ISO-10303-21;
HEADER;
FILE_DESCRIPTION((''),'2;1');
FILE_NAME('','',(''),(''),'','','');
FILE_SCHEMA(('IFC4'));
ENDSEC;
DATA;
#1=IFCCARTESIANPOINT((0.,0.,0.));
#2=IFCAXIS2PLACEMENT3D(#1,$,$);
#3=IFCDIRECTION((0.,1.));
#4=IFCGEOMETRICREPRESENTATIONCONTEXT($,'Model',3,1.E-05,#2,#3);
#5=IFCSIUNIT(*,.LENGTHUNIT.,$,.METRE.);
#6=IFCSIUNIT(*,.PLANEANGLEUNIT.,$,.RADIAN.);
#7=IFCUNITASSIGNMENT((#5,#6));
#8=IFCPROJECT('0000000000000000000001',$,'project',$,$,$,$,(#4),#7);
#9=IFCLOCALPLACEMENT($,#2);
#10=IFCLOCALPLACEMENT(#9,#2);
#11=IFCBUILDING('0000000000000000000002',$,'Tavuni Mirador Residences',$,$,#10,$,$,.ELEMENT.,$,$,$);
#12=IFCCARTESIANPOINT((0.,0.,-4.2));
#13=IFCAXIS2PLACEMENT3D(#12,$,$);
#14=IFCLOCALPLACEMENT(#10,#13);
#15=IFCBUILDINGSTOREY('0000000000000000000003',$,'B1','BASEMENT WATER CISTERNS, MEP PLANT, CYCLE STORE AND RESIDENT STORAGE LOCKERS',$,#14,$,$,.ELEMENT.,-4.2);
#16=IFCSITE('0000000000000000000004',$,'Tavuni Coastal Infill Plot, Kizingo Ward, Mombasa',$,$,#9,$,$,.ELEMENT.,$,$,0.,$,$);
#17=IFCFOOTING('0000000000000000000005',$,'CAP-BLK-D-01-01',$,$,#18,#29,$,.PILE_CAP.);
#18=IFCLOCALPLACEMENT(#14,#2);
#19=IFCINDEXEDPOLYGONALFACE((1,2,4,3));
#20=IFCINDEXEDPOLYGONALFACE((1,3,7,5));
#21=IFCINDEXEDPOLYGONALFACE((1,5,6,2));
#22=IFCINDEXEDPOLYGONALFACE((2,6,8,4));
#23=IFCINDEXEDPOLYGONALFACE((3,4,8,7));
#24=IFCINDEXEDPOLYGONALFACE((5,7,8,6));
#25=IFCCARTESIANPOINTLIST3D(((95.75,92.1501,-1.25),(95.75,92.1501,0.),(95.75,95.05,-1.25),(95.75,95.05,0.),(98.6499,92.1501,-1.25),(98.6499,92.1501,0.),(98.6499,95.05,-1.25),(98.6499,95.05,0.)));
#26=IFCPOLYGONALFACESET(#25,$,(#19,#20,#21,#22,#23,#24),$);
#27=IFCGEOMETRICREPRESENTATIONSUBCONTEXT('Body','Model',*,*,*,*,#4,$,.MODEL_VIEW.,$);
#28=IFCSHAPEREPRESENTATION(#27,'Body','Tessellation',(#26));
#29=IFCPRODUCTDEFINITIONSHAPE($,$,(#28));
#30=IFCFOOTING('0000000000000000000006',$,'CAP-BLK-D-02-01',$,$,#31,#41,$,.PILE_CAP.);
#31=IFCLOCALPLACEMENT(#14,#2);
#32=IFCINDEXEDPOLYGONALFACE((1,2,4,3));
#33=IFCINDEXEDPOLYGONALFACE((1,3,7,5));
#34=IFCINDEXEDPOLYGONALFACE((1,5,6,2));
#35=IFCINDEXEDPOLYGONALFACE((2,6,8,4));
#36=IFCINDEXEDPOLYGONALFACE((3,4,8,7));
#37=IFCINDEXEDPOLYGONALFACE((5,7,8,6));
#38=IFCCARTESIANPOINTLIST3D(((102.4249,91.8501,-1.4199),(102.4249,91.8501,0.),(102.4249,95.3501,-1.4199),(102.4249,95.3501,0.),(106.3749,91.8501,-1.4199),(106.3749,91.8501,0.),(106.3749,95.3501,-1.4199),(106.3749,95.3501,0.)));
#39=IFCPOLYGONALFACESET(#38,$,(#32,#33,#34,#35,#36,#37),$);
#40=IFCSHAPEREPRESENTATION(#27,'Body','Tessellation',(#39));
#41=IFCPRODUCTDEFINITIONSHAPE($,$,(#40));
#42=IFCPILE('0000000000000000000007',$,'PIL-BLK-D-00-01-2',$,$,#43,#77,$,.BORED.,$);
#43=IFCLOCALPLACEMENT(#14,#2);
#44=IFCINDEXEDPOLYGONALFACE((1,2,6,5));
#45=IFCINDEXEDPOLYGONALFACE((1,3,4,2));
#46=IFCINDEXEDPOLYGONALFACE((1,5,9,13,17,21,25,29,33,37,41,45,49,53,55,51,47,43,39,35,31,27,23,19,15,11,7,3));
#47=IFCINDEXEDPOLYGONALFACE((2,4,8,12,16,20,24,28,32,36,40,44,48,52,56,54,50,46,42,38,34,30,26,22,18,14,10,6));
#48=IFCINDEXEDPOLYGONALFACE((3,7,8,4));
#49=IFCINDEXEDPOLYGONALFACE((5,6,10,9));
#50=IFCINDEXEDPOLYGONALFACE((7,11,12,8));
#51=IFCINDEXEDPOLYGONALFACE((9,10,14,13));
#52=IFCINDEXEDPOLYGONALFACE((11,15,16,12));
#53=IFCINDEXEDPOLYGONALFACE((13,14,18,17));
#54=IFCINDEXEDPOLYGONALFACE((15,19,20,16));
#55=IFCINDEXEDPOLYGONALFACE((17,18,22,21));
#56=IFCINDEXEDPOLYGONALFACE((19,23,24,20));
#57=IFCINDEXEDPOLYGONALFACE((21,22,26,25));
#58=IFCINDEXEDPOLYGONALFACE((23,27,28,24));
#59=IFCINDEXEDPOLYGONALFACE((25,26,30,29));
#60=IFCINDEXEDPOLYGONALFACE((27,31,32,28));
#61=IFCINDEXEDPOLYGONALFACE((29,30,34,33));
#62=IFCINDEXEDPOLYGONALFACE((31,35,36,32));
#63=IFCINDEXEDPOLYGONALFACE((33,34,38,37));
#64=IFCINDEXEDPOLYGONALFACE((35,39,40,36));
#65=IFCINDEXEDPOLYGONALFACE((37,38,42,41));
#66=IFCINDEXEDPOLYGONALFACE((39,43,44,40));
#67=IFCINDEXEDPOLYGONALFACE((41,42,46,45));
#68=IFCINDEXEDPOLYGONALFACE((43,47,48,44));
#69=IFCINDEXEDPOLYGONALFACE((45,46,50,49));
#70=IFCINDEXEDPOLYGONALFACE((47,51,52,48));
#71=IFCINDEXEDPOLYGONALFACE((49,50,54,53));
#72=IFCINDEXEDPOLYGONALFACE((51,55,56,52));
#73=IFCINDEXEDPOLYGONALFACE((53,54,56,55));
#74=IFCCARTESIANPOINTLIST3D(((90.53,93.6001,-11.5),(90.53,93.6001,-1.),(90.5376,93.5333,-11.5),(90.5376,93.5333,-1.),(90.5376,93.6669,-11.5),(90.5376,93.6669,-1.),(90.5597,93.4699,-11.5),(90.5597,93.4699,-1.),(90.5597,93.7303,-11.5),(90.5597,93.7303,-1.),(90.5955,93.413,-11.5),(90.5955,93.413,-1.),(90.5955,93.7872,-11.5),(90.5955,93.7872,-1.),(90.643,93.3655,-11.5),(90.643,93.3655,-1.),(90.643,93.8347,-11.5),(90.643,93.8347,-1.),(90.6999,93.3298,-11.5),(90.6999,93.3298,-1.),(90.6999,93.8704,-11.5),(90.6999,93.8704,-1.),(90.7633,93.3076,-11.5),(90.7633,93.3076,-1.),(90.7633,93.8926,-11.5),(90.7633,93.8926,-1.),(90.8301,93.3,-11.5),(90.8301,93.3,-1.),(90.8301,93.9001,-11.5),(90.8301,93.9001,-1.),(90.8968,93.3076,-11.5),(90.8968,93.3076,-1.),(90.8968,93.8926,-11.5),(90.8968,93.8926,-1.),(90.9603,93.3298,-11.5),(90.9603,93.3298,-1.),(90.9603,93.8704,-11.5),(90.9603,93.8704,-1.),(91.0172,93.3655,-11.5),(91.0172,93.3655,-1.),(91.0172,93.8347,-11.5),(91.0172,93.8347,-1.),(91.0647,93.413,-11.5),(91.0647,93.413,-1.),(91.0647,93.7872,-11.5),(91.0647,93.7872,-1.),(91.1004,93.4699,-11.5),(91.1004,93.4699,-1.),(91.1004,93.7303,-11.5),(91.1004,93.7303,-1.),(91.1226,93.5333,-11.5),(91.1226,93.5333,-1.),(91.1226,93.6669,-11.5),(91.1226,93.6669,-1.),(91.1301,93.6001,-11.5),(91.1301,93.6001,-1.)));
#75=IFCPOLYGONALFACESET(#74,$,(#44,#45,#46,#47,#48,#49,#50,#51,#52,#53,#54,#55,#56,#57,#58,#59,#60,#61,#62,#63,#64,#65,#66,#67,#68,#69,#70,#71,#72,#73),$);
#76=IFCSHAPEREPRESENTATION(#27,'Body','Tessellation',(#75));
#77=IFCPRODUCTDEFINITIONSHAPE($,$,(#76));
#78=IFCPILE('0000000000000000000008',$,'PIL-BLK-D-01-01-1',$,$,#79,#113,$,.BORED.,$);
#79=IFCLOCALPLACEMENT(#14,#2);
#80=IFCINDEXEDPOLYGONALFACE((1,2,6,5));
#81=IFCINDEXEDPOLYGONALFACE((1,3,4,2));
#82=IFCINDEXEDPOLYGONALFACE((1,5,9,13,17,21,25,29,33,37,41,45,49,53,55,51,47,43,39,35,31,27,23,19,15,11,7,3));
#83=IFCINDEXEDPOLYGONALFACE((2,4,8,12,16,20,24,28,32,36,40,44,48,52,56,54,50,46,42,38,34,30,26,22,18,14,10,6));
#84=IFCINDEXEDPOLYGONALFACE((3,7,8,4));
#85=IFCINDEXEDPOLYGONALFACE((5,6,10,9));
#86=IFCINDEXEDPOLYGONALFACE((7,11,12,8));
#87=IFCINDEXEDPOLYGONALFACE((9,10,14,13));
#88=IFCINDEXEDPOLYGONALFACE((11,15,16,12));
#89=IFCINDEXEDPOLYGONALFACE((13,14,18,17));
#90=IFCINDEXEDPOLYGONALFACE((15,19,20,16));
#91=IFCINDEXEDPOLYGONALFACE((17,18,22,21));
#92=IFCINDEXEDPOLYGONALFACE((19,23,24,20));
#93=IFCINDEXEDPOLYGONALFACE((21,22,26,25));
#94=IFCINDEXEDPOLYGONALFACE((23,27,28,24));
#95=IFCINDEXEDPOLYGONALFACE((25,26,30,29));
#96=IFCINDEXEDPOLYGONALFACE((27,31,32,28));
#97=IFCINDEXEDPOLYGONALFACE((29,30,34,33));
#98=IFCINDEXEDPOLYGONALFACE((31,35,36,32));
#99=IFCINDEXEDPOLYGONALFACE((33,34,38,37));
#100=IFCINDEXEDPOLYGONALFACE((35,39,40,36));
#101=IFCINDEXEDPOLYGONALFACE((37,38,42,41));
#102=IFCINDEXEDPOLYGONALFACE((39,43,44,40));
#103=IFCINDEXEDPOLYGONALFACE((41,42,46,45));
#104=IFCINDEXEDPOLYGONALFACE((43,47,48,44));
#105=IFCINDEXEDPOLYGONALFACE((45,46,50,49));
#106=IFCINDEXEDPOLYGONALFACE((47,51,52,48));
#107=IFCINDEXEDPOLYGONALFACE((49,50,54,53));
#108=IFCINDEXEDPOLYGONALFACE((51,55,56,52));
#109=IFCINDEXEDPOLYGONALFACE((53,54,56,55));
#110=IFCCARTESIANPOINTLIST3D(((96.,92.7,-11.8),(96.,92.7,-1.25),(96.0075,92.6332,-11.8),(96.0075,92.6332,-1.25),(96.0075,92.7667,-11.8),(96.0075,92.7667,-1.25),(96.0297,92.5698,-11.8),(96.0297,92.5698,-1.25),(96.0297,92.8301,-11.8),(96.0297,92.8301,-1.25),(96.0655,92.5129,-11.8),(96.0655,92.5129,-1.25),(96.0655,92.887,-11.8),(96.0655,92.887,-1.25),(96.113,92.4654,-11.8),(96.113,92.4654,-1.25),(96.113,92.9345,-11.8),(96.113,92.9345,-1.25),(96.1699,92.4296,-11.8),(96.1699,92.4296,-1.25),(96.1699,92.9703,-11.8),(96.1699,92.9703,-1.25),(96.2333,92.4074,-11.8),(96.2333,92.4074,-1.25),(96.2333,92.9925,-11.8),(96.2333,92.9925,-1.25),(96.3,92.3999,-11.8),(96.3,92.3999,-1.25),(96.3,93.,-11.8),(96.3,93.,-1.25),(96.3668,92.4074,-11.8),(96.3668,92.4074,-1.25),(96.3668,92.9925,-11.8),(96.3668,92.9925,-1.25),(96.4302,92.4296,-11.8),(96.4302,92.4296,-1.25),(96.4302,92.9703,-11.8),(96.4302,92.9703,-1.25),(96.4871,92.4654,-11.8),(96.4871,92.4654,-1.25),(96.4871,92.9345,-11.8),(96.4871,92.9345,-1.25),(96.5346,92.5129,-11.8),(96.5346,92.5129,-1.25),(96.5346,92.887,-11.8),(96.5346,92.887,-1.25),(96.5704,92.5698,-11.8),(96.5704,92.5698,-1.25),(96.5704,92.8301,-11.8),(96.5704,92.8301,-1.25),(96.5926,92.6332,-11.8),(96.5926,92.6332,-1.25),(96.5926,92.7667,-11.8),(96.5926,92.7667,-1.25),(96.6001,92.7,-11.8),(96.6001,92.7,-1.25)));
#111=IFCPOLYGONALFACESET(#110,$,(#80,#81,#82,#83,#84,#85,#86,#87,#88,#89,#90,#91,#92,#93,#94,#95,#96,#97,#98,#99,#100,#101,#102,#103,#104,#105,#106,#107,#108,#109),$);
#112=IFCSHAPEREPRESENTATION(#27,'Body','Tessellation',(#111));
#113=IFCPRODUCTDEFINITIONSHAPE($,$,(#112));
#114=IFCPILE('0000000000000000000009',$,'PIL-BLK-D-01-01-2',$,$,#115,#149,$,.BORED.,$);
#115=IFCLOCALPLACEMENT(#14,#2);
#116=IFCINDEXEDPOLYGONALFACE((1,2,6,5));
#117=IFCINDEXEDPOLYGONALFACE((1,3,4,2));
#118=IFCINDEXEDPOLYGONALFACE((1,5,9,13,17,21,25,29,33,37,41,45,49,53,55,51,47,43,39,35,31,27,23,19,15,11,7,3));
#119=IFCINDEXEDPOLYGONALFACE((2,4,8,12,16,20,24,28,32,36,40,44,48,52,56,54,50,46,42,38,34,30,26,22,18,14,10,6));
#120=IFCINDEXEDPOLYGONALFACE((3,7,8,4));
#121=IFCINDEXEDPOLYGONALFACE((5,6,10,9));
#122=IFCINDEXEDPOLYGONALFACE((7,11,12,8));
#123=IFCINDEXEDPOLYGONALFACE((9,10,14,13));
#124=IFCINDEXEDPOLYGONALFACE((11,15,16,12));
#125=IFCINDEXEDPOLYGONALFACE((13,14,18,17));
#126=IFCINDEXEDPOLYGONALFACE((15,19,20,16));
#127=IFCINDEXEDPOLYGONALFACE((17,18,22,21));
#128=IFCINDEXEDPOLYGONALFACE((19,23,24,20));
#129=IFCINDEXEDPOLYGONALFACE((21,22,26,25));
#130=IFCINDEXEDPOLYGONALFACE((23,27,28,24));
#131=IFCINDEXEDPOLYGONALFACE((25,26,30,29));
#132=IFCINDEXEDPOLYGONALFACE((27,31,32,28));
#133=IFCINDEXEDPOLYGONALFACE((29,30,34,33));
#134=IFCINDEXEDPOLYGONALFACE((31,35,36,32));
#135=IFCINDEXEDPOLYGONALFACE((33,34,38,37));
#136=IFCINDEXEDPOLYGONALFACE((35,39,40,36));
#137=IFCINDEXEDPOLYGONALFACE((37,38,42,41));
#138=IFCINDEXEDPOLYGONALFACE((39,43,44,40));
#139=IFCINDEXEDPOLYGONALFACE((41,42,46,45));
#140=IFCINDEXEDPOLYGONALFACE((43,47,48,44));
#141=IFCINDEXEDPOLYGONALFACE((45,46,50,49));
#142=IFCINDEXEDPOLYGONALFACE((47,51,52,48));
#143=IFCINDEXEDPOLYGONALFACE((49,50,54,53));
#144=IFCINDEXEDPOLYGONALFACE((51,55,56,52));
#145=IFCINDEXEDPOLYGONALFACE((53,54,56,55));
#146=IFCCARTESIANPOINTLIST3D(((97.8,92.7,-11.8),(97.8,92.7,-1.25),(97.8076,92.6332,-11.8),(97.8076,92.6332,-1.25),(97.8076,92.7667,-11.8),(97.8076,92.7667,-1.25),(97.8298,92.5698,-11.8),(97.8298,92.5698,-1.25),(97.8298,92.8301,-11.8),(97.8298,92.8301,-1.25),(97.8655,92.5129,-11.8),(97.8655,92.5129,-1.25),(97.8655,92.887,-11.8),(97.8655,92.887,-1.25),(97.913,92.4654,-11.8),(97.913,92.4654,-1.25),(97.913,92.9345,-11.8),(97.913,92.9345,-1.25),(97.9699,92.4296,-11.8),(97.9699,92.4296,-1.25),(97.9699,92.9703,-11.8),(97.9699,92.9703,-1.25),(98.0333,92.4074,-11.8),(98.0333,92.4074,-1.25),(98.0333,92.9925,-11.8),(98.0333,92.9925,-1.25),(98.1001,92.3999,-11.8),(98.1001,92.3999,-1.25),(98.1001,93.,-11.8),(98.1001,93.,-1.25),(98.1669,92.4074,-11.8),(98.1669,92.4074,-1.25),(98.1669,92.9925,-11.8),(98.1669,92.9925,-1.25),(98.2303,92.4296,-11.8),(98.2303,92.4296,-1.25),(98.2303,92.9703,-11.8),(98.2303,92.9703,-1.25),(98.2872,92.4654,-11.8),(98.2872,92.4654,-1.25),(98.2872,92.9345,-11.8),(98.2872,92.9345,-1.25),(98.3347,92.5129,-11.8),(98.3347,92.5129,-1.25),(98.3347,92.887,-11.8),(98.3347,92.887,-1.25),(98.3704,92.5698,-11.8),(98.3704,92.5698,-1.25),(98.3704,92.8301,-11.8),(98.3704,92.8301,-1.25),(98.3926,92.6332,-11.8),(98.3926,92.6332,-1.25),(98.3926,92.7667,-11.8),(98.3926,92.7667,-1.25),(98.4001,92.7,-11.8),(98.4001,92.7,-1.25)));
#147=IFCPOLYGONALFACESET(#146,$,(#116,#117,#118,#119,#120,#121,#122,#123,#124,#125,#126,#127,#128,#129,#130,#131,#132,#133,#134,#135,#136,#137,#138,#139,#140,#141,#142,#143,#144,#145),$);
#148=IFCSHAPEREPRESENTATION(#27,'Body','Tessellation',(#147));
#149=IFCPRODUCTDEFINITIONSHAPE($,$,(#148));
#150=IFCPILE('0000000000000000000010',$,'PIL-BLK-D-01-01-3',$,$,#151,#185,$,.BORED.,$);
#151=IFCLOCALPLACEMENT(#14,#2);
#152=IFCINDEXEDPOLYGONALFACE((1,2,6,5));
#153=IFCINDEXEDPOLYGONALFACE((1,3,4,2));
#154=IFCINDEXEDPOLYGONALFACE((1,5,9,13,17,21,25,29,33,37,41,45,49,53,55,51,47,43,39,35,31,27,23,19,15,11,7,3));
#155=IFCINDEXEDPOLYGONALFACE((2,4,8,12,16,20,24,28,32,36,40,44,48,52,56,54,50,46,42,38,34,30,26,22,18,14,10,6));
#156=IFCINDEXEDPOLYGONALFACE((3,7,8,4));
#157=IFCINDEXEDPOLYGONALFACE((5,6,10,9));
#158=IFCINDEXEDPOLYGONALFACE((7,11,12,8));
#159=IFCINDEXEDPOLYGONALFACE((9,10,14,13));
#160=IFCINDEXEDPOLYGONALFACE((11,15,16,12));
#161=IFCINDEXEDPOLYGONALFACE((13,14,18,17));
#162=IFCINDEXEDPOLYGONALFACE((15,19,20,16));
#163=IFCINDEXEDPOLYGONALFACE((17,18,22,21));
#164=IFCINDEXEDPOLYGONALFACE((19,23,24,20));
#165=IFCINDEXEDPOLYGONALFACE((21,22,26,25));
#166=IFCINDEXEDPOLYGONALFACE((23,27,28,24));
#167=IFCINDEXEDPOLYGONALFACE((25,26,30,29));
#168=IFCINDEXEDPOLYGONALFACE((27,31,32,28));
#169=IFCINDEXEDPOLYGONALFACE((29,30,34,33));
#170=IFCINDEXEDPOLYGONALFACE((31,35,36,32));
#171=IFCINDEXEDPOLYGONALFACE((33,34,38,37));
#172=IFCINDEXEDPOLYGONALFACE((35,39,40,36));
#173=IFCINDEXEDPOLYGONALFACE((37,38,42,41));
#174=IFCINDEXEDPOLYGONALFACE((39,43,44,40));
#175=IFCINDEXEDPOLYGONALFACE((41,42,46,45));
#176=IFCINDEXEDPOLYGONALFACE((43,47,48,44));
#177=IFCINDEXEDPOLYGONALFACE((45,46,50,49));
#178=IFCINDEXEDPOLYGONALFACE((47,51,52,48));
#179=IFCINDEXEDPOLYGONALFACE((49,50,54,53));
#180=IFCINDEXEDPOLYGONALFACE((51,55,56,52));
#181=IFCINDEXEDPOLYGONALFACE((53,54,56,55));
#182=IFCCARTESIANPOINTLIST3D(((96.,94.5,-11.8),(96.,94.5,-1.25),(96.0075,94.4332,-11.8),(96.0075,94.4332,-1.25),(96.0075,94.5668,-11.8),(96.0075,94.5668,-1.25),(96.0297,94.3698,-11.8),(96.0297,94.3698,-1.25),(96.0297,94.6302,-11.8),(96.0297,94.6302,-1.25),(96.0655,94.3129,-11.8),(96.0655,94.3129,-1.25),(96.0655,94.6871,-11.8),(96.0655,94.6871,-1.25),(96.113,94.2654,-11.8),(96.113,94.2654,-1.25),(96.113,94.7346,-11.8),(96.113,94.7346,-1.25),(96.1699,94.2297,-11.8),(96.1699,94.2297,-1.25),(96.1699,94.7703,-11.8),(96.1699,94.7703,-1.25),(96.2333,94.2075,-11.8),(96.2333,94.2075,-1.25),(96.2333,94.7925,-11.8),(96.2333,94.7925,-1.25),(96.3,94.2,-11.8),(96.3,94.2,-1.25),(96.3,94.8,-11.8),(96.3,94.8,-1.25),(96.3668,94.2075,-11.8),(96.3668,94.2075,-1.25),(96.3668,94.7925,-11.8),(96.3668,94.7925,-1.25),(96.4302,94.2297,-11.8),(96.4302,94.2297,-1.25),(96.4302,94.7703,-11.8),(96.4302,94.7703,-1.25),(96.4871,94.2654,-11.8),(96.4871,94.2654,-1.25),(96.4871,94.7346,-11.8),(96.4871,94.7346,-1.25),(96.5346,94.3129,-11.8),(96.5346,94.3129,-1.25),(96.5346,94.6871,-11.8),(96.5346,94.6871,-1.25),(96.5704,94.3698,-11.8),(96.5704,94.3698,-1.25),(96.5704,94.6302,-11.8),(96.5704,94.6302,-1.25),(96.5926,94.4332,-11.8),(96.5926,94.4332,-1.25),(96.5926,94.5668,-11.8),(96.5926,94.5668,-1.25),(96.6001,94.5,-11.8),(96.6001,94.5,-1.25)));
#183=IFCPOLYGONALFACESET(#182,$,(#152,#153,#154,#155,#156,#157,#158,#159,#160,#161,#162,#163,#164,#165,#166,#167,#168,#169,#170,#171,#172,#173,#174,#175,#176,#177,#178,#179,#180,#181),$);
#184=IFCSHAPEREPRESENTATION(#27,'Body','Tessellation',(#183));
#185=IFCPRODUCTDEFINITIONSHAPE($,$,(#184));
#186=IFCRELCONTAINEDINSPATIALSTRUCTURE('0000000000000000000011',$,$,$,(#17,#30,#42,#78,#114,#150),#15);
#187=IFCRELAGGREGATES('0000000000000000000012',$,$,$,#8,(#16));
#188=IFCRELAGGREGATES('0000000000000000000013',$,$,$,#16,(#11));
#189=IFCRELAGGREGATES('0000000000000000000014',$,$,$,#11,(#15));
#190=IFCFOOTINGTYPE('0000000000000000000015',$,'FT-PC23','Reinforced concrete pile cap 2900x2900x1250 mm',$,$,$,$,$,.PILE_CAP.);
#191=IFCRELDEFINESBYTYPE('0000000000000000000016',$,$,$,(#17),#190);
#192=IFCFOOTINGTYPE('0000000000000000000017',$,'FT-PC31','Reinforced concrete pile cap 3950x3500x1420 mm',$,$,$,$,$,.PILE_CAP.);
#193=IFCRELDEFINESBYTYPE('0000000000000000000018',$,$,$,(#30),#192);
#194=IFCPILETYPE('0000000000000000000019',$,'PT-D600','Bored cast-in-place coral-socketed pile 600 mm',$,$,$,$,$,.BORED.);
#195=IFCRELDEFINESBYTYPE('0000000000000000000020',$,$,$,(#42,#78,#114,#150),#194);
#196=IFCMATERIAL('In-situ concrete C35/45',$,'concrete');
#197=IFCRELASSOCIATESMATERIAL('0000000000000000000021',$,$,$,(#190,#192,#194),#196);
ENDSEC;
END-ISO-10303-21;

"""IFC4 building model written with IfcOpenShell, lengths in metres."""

from ifc_helpers import new_model, si_unit, direction, frame, origin, origin_2d, place, context, subcontext, project, spatial, rectangle, circle, extrude, material, material_profile, profile_set, type_object, element, save


model = new_model("IFC4")

# Units and contexts
model_context = context("Model", 3, precision=1e-05, world=origin(), true_north=direction((0.0, 1.0)))
body_context = subcontext(model_context, "Body", "Model", "MODEL_VIEW")
ifc_project = project(units=[si_unit("LENGTHUNIT", "METRE"), si_unit("PLANEANGLEUNIT", "RADIAN")], contexts=[model_context])

# Site, building, storey
site_placement = place(None, origin())
site = spatial("IfcSite", under=ifc_project, at=site_placement, Name="Tavuni Coastal Infill Plot, Kizingo Ward, Mombasa", CompositionType="ELEMENT", RefElevation=0.0)
building_placement = place(site_placement, origin())
building = spatial("IfcBuilding", under=site, at=building_placement, Name="Tavuni Mirador Residences", CompositionType="ELEMENT")
storey_placement = place(building_placement, frame((0.0, 0.0, -4.2)))
storey = spatial("IfcBuildingStorey", under=building, at=storey_placement, Name="B1", Description="BASEMENT WATER CISTERNS, MEP PLANT, CYCLE STORE AND RESIDENT STORAGE LOCKERS", CompositionType="ELEMENT", Elevation=-4.2)

# Footings
ifc_material_1 = material(Name="In-situ concrete C35/45", Category="concrete")
footing_type_1 = type_object("IfcFootingType", Name="FT-PC23", Description="Reinforced concrete pile cap 2900x2900x1250 mm", PredefinedType="PILE_CAP", material=ifc_material_1)
footing_1_placement = place(storey_placement, frame((97.2, 93.6001, -1.25), z_axis=(0.0, 0.0, 1.0), x_axis=(1.0, 0.0, 0.0)))
element("IfcFooting", 1, at=footing_1_placement, inside=storey, type_object=footing_type_1, Name="CAP-BLK-D-01-01", PredefinedType="PILE_CAP", context=body_context, shape_type="SweptSolid", body=[
    extrude(rectangle(XDim=2.8999, YDim=2.8999, at=origin_2d()), origin(), (0.0, 0.0, 1.0), 1.25),
])
footing_type_2 = type_object("IfcFootingType", Name="FT-PC31", Description="Reinforced concrete pile cap 3950x3500x1420 mm", PredefinedType="PILE_CAP", material=ifc_material_1)
footing_2_placement = place(storey_placement, frame((104.3999, 93.6001, -1.4199), z_axis=(0.0, 0.0, 1.0), x_axis=(1.0, 0.0, 0.0)))
element("IfcFooting", 2, at=footing_2_placement, inside=storey, type_object=footing_type_2, Name="CAP-BLK-D-02-01", PredefinedType="PILE_CAP", context=body_context, shape_type="SweptSolid", body=[
    extrude(rectangle(XDim=3.95, YDim=3.5, at=origin_2d()), origin(), (0.0, 0.0, 1.0), 1.4199),
])

# Piles
ifc_material_profile_1 = material_profile(ifc_material_1, circle(Radius=0.3, at=origin_2d()), Name="PILE D600", Category="concrete")
ifc_profile_set_1 = profile_set([ifc_material_profile_1], Name="In-situ concrete C35/45")
pile_type_1 = type_object("IfcPileType", Name="PT-D600", Description="Bored cast-in-place coral-socketed pile 600 mm", PredefinedType="BORED", material=ifc_profile_set_1)
pile_1_placement = place(storey_placement, frame((90.8301, 93.6001, -1.0), z_axis=(0.0, 0.0, -1.0), x_axis=(1.0, 0.0, 0.0)))
element("IfcPile", 3, at=pile_1_placement, inside=storey, type_object=pile_type_1, Name="PIL-BLK-D-00-01-2", PredefinedType="BORED", context=body_context, shape_type="SweptSolid", body=[
    extrude(circle(Radius=0.3, at=origin_2d()), origin(), (0.0, 0.0, 1.0), 10.5),
])
for number, where, z_axis, x_axis, name in (
    (4, (96.3, 92.7, -1.25), (0.0, 0.0, -1.0), (1.0, 0.0, 0.0), "PIL-BLK-D-01-01-1"),
    (5, (98.1001, 92.7, -1.25), (0.0, 0.0, -1.0), (1.0, 0.0, 0.0), "PIL-BLK-D-01-01-2"),
    (6, (96.3, 94.5, -1.25), (0.0, 0.0, -1.0), (1.0, 0.0, 0.0), "PIL-BLK-D-01-01-3"),
):
    element("IfcPile", number, at=place(storey_placement, frame(where, z_axis=z_axis, x_axis=x_axis)), inside=storey, type_object=pile_type_1, Name=name, PredefinedType="BORED", context=body_context, shape_type="SweptSolid", body=[
        extrude(circle(Radius=0.3, at=origin_2d()), origin(), (0.0, 0.0, 1.0), 10.55),
    ])

save(model, "model.ifc")
